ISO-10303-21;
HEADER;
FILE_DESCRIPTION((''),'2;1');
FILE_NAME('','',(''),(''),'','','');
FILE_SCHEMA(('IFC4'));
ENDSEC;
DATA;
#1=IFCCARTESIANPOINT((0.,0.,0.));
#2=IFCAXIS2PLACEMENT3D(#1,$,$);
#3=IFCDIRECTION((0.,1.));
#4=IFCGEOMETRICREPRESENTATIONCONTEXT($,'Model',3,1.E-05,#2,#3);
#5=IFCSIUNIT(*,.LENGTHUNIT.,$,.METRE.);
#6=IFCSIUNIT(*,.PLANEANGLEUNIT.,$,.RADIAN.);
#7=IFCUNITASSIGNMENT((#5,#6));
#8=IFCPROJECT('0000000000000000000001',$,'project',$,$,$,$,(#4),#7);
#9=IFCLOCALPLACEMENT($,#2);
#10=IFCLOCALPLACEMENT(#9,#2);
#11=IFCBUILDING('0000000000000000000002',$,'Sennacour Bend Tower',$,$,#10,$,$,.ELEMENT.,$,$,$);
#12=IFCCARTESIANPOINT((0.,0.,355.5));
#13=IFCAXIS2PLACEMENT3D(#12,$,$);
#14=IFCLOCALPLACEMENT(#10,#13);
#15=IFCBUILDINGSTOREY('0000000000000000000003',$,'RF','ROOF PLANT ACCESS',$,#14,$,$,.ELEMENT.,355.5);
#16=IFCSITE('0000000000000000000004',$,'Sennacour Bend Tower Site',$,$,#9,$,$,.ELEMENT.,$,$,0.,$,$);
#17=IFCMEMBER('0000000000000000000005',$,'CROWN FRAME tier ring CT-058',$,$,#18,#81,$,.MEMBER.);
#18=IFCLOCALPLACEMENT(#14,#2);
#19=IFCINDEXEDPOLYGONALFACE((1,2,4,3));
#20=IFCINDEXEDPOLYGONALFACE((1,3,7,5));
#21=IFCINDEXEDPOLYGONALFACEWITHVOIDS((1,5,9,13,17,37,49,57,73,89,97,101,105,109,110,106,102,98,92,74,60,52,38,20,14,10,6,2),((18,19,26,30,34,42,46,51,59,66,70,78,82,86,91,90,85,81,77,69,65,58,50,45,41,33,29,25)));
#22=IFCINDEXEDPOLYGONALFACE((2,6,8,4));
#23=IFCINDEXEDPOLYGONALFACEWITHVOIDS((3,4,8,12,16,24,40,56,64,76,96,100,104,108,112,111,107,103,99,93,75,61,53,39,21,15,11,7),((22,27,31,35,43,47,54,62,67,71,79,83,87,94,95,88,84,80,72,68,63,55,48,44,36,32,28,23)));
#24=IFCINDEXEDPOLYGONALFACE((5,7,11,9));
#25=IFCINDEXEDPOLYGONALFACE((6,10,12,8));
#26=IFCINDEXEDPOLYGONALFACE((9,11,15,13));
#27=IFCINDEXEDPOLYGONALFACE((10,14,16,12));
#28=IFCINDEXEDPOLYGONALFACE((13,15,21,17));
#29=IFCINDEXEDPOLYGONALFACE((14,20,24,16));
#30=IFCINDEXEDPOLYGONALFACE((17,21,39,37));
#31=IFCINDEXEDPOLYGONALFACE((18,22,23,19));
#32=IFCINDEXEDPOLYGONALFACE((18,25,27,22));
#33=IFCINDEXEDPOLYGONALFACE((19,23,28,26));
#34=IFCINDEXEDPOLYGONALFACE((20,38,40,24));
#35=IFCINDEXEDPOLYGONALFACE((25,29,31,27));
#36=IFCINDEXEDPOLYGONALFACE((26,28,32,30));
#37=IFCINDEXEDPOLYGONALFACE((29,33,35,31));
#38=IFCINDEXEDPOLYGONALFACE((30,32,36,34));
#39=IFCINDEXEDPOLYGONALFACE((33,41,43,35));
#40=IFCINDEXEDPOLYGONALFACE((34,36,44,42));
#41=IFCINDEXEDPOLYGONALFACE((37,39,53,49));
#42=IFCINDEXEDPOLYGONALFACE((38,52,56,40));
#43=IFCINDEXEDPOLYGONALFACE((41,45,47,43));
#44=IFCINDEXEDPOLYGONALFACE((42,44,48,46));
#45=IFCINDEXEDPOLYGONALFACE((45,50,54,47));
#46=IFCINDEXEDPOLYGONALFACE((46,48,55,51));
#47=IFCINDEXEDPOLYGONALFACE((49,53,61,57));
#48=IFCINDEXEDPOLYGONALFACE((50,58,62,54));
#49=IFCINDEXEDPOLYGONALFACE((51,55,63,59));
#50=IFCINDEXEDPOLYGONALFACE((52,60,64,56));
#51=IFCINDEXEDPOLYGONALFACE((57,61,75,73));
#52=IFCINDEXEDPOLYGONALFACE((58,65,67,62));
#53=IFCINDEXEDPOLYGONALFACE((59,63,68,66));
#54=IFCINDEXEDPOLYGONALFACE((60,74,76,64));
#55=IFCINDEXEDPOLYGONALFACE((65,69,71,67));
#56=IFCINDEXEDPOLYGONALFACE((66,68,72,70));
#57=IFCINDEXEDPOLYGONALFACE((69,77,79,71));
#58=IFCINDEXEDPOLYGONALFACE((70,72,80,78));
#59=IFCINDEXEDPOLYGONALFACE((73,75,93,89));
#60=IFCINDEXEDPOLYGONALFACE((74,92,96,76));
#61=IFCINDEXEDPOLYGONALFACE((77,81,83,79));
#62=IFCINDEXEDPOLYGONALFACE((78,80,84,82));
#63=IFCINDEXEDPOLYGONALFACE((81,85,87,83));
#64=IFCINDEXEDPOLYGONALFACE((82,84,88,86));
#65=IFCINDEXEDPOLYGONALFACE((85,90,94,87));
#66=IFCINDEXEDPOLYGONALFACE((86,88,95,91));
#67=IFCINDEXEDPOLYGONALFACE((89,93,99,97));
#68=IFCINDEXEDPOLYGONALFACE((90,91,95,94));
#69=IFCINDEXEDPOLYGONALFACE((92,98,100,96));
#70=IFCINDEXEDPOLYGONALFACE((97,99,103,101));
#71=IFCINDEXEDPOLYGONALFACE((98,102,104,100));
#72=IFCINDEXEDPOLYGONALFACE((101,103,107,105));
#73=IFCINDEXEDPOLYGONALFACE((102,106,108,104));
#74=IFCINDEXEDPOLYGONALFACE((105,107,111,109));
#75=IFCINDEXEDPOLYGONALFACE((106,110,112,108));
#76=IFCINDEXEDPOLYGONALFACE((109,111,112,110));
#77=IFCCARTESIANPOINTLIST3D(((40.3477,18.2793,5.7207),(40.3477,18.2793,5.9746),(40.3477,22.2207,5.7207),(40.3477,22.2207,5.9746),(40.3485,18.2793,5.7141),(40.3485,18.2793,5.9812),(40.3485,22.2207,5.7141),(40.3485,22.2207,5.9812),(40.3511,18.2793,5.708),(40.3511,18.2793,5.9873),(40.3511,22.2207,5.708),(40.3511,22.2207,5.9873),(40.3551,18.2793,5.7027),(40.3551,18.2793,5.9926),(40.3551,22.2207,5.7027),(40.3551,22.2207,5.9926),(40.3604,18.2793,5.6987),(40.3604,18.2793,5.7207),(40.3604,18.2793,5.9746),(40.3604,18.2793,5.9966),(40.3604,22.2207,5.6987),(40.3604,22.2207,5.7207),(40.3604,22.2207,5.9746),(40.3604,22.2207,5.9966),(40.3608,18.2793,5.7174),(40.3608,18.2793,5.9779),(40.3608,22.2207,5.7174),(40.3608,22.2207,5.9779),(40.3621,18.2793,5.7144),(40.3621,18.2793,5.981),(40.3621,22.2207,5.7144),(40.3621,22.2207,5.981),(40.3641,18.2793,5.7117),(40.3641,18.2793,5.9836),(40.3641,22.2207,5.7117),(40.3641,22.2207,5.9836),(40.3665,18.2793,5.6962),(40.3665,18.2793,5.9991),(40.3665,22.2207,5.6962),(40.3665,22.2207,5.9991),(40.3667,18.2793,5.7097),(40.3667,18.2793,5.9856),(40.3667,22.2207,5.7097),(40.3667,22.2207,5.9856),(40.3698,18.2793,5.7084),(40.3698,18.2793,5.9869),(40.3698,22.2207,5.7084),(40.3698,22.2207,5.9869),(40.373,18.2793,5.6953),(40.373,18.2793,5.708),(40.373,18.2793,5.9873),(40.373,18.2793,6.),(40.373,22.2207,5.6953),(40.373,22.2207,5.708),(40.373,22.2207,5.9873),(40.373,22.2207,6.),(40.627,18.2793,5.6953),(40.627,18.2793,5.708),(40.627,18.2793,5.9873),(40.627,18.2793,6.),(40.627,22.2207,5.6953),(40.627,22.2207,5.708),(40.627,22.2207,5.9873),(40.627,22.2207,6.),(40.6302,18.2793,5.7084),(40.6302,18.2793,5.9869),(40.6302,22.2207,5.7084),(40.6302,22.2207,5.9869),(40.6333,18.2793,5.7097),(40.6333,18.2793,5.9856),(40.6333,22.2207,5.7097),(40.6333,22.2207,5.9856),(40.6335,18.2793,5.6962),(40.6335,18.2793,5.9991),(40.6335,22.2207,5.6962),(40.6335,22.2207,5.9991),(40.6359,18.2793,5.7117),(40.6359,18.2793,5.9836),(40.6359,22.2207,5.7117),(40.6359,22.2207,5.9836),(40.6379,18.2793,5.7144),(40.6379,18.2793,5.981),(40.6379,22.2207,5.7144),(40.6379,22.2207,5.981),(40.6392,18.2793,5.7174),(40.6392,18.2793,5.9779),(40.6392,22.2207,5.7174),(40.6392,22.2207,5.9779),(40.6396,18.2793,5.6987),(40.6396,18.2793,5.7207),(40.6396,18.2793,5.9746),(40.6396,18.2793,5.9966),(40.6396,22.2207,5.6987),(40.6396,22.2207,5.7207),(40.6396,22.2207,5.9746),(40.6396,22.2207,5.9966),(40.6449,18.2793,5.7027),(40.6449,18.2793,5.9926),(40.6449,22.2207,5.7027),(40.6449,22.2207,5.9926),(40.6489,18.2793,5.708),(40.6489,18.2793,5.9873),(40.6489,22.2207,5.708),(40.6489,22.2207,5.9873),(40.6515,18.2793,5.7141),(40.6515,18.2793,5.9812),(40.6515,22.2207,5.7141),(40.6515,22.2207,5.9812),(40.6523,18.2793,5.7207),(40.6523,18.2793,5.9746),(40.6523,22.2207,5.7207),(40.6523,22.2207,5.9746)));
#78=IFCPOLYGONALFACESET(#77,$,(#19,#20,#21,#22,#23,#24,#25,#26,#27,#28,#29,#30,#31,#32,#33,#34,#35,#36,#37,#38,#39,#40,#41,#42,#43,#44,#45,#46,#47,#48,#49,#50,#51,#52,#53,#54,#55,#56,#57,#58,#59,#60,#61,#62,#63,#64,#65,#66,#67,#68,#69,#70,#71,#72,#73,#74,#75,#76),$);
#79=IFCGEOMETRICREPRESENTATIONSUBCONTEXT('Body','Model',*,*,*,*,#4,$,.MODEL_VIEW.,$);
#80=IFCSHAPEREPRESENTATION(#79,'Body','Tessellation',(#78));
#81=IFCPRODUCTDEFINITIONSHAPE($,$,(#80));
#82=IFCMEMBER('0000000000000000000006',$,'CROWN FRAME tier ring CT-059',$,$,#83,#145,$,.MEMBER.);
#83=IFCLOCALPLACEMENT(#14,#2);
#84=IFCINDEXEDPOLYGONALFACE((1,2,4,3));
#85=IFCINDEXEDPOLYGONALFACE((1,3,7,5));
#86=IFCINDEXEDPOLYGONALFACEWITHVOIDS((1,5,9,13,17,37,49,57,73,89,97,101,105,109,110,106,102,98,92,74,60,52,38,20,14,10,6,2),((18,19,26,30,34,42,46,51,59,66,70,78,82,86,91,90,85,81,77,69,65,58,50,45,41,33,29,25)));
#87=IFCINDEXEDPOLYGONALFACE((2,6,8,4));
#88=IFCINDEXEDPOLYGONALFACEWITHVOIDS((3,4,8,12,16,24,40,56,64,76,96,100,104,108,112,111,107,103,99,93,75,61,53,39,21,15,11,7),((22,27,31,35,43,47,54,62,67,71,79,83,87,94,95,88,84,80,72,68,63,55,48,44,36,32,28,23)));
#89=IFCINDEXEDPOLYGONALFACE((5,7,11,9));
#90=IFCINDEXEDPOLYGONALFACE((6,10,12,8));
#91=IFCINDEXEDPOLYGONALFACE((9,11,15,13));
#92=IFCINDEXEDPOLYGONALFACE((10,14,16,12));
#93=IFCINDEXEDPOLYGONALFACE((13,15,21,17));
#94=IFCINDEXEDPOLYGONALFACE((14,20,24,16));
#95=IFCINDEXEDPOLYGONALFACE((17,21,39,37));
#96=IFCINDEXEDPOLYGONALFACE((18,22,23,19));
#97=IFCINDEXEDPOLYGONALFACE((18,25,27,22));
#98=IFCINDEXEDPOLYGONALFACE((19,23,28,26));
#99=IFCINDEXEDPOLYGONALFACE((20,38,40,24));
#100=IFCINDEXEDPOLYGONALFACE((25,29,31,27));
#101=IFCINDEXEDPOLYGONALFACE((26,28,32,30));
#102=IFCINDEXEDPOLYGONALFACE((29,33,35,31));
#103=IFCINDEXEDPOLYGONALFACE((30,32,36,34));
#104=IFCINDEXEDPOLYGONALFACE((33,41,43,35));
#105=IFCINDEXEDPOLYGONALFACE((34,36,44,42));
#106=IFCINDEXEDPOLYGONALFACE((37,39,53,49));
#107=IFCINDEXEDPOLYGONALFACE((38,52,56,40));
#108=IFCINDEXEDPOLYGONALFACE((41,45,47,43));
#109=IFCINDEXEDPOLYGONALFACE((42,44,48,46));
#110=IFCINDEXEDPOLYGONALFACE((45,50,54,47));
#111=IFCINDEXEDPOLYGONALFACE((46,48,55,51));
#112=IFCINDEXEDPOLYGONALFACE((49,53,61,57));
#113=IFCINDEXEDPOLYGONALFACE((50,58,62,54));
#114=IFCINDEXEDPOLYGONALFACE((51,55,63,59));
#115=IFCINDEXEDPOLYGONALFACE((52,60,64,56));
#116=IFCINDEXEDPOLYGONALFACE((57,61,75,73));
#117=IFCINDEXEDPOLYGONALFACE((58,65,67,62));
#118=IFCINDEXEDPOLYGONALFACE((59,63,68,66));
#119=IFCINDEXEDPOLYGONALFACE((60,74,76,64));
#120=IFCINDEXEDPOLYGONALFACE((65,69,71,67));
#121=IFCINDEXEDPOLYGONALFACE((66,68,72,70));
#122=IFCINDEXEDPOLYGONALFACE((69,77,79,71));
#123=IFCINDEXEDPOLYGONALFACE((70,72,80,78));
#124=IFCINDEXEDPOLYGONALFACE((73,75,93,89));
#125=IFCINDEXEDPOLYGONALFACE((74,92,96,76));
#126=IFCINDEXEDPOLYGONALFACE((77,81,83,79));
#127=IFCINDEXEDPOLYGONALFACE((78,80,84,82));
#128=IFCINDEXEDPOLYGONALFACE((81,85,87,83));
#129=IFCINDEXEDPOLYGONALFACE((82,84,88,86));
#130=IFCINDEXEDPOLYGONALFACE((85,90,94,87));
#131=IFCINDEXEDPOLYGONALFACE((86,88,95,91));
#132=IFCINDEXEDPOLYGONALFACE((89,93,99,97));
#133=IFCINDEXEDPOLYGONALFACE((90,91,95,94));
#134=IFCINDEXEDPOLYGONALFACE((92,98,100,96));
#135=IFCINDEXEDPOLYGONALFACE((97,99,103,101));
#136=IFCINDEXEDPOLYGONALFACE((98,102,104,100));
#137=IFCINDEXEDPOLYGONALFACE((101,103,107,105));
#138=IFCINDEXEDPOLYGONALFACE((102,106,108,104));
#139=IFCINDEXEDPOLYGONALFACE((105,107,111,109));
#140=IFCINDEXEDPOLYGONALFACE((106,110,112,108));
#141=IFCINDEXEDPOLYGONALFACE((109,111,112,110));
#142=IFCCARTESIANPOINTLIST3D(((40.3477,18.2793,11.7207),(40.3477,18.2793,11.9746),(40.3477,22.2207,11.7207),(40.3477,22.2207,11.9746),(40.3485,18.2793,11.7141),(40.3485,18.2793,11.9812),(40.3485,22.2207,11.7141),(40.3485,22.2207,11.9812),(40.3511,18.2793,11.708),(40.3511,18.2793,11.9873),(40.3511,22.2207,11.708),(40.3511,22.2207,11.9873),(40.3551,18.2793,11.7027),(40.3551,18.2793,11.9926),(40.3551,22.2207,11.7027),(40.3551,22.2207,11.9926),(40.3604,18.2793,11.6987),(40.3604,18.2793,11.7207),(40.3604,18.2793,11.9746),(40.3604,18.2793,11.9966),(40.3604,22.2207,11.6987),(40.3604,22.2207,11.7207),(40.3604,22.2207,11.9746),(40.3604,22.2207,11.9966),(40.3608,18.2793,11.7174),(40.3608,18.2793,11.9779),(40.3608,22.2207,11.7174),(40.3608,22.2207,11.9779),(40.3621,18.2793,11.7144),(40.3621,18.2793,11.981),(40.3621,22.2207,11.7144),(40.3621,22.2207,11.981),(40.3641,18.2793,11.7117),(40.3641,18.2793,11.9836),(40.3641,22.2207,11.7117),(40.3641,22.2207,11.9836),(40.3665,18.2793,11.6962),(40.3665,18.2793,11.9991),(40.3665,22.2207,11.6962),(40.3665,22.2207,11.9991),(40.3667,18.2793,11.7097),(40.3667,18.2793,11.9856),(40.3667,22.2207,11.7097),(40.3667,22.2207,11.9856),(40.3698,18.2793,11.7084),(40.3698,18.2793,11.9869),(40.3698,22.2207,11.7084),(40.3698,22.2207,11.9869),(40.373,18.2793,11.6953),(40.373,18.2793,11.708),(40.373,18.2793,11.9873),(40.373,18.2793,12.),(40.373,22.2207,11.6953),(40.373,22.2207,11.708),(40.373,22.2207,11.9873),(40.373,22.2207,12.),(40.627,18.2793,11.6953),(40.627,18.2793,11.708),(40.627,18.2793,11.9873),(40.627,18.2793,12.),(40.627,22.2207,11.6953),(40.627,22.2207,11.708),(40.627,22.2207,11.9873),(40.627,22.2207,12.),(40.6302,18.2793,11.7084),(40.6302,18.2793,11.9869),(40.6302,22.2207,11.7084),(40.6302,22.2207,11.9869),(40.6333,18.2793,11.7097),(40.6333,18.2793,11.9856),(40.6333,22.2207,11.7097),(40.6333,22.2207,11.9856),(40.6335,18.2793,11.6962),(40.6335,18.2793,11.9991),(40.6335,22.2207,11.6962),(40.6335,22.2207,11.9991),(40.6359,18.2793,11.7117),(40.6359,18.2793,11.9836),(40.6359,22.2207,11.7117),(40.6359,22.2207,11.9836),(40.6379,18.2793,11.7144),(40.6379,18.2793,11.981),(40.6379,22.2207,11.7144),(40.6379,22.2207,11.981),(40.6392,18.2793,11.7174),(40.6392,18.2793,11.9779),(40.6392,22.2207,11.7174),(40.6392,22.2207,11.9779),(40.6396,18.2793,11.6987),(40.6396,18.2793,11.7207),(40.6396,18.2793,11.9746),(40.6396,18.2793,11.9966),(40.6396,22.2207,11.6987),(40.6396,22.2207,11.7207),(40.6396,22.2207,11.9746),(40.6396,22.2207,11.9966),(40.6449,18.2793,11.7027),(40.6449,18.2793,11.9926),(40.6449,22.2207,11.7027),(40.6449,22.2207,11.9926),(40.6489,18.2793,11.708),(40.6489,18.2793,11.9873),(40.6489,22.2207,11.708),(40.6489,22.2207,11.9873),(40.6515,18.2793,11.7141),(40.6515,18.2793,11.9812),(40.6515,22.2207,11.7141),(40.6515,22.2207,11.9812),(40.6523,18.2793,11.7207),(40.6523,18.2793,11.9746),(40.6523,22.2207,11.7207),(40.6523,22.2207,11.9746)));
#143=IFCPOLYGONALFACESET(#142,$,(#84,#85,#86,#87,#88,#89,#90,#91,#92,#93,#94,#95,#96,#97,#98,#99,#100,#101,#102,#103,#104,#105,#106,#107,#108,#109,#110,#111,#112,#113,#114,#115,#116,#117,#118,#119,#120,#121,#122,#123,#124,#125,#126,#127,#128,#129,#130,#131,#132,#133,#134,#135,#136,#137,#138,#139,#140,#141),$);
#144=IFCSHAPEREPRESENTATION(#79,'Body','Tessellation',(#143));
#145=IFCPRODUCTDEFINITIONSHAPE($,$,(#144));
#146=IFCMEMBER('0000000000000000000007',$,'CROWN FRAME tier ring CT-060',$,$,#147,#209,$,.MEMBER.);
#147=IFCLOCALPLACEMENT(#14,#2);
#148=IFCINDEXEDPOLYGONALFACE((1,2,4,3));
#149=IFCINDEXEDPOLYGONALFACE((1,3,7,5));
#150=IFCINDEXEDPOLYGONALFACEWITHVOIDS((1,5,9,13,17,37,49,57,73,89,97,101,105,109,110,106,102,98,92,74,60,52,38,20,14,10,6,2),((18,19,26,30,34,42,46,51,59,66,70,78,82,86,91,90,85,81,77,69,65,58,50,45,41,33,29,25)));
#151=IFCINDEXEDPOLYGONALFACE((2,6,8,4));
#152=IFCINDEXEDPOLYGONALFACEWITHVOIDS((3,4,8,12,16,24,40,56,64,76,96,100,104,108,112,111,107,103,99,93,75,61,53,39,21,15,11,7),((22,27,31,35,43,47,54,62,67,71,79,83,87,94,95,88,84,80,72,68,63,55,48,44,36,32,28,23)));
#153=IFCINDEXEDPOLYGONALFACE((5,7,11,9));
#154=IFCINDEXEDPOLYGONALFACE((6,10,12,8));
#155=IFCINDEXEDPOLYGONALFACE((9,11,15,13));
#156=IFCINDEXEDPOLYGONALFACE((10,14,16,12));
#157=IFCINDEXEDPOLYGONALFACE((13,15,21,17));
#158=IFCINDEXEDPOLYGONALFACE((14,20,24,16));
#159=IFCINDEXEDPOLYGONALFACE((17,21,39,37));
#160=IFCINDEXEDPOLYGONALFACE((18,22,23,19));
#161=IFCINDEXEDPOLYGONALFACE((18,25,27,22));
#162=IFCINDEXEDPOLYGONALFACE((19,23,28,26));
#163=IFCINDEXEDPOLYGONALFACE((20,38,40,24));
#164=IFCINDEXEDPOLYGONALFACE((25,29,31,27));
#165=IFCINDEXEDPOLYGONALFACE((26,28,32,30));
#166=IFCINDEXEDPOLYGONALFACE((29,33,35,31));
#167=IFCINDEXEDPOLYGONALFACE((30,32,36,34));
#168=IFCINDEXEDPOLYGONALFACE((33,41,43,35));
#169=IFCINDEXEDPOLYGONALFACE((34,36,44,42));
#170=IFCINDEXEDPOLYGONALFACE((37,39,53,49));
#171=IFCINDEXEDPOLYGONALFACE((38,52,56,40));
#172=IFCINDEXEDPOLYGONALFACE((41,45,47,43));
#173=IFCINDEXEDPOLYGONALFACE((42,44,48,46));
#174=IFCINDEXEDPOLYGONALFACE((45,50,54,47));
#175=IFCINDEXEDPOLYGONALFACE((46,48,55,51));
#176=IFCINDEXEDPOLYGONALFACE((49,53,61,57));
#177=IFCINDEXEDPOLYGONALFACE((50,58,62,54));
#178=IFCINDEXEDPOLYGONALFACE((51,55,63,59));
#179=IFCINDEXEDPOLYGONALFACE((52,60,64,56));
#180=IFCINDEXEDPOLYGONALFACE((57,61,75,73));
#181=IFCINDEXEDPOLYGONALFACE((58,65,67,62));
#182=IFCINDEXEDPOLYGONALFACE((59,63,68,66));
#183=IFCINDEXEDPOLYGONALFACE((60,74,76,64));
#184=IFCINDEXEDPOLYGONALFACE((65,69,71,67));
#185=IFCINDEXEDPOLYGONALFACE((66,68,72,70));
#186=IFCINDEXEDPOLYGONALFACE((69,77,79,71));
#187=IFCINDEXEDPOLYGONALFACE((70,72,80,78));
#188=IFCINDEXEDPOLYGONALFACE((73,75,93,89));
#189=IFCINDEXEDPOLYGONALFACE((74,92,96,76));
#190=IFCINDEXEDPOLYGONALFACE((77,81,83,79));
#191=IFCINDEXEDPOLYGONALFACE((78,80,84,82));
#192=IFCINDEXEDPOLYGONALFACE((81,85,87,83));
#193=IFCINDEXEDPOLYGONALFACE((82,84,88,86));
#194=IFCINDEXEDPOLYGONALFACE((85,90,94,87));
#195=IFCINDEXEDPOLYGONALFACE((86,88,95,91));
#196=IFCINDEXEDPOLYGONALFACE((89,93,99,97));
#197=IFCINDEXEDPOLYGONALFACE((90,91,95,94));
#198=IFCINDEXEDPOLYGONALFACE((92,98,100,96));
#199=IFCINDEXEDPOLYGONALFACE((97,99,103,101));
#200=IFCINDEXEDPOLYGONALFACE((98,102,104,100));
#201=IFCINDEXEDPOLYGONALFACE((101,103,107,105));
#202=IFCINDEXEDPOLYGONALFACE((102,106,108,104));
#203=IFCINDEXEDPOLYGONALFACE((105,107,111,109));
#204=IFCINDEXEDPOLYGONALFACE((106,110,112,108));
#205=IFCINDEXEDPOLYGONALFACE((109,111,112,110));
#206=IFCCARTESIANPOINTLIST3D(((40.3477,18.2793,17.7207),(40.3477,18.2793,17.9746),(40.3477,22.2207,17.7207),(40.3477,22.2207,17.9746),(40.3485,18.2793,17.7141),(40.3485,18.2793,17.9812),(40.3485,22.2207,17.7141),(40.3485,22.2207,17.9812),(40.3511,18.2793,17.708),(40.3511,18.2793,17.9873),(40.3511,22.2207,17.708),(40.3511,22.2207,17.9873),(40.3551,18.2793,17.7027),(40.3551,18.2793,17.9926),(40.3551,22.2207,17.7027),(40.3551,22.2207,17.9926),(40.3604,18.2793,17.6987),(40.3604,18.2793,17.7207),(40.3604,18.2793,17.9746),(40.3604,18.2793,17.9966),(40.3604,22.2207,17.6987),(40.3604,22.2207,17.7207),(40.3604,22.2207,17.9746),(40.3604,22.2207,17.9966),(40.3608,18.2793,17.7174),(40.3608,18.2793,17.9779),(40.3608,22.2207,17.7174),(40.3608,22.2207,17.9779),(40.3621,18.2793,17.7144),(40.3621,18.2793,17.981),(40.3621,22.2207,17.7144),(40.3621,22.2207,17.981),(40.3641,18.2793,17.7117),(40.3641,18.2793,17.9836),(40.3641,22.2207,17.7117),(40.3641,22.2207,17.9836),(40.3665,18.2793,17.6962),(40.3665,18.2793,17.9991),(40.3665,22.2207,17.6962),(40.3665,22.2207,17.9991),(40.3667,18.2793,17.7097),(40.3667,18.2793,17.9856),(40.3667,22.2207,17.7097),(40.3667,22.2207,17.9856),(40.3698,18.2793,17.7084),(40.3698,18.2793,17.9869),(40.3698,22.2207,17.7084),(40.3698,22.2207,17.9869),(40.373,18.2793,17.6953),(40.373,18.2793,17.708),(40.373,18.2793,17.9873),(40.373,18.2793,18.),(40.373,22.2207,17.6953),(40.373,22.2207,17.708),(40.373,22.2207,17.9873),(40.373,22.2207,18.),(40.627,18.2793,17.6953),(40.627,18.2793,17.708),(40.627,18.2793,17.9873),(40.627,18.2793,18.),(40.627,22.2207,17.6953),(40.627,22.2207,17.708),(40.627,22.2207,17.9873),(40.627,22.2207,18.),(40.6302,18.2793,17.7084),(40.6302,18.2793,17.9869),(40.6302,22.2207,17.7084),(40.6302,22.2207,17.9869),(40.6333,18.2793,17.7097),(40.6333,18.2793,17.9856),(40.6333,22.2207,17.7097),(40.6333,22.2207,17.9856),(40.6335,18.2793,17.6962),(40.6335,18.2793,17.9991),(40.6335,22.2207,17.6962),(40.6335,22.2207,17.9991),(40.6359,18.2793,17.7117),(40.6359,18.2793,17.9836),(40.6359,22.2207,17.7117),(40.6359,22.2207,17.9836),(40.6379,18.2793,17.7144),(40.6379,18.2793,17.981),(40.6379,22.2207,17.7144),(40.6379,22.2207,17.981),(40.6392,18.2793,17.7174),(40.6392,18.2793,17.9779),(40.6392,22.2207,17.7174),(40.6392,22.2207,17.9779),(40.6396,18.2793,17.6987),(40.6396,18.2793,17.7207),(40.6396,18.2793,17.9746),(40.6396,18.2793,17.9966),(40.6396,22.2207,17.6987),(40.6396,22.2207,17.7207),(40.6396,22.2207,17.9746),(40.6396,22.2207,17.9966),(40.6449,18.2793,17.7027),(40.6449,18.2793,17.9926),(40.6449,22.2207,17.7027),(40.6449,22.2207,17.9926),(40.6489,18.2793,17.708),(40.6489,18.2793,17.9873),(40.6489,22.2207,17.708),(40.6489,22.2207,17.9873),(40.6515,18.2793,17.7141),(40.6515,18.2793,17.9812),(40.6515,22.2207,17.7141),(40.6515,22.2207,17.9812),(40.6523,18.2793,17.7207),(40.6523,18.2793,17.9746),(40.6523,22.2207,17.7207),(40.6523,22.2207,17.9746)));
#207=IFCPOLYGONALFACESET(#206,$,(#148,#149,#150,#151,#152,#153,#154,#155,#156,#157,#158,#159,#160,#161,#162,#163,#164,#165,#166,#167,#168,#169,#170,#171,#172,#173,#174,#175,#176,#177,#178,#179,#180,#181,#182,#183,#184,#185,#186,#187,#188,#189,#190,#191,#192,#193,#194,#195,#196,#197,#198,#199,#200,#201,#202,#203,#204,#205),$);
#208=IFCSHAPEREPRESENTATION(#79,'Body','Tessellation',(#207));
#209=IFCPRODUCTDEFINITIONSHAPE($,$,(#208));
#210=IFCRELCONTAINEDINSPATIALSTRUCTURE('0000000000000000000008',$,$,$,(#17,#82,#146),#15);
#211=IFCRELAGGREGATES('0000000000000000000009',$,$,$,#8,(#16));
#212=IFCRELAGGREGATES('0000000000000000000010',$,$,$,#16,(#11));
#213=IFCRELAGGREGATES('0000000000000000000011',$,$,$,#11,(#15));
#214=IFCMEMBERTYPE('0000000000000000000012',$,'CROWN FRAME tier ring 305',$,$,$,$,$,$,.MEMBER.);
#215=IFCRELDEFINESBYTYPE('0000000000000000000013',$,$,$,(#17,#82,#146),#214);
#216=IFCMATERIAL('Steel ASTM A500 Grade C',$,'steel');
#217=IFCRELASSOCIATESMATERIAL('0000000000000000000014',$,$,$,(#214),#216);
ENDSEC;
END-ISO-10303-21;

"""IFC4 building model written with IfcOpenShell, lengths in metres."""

from ifc_helpers import new_model, si_unit, direction, frame, origin, origin_2d, place, context, subcontext, project, spatial, hollow_rectangle, extrude, material, material_profile, profile_set, type_object, element, save


model = new_model("IFC4")

# Units and contexts
model_context = context("Model", 3, precision=1e-05, world=origin(), true_north=direction((0.0, 1.0)))
body_context = subcontext(model_context, "Body", "Model", "MODEL_VIEW")
ifc_project = project(units=[si_unit("LENGTHUNIT", "METRE"), si_unit("PLANEANGLEUNIT", "RADIAN")], contexts=[model_context])

# Site, building, storey
site_placement = place(None, origin())
site = spatial("IfcSite", under=ifc_project, at=site_placement, Name="Sennacour Bend Tower Site", CompositionType="ELEMENT", RefElevation=0.0)
building_placement = place(site_placement, origin())
building = spatial("IfcBuilding", under=site, at=building_placement, Name="Sennacour Bend Tower", CompositionType="ELEMENT")
storey_placement = place(building_placement, frame((0.0, 0.0, 355.5)))
storey = spatial("IfcBuildingStorey", under=building, at=storey_placement, Name="RF", Description="ROOF PLANT ACCESS", CompositionType="ELEMENT", Elevation=355.5)

# Shared definitions
ifc_material_1 = material(Name="Steel ASTM A500 Grade C", Category="steel")

# Members
ifc_material_profile_1 = material_profile(ifc_material_1, hollow_rectangle(XDim=0.3047, YDim=0.3047, WallThickness=0.0127, InnerFilletRadius=0.0127, OuterFilletRadius=0.0254, at=origin_2d()), Name="Steel ASTM A500 Grade C", Category="steel")
ifc_profile_set_1 = profile_set([ifc_material_profile_1], Name="Steel ASTM A500 Grade C")
member_type_1 = type_object("IfcMemberType", Name="CROWN FRAME tier ring 305", PredefinedType="MEMBER", material=ifc_profile_set_1)
for number, where, z_axis, x_axis, name in (
    (1, (40.5, 22.2207, 5.8477), (0.0, -1.0, 0.0), (1.0, 0.0, 0.0), "CROWN FRAME tier ring CT-058"),
    (2, (40.5, 22.2207, 11.8477), (0.0, -1.0, 0.0), (1.0, 0.0, 0.0), "CROWN FRAME tier ring CT-059"),
    (3, (40.5, 22.2207, 17.8477), (0.0, -1.0, 0.0), (1.0, 0.0, 0.0), "CROWN FRAME tier ring CT-060"),
):
    element("IfcMember", number, at=place(storey_placement, frame(where, z_axis=z_axis, x_axis=x_axis)), inside=storey, type_object=member_type_1, Name=name, PredefinedType="MEMBER", context=body_context, shape_type="SweptSolid", body=[
        extrude(hollow_rectangle(XDim=0.3047, YDim=0.3047, WallThickness=0.0127, InnerFilletRadius=0.0127, OuterFilletRadius=0.0254, at=origin_2d()), origin(), (0.0, 0.0, 1.0), 3.9414),
    ])

save(model, "model.ifc")
